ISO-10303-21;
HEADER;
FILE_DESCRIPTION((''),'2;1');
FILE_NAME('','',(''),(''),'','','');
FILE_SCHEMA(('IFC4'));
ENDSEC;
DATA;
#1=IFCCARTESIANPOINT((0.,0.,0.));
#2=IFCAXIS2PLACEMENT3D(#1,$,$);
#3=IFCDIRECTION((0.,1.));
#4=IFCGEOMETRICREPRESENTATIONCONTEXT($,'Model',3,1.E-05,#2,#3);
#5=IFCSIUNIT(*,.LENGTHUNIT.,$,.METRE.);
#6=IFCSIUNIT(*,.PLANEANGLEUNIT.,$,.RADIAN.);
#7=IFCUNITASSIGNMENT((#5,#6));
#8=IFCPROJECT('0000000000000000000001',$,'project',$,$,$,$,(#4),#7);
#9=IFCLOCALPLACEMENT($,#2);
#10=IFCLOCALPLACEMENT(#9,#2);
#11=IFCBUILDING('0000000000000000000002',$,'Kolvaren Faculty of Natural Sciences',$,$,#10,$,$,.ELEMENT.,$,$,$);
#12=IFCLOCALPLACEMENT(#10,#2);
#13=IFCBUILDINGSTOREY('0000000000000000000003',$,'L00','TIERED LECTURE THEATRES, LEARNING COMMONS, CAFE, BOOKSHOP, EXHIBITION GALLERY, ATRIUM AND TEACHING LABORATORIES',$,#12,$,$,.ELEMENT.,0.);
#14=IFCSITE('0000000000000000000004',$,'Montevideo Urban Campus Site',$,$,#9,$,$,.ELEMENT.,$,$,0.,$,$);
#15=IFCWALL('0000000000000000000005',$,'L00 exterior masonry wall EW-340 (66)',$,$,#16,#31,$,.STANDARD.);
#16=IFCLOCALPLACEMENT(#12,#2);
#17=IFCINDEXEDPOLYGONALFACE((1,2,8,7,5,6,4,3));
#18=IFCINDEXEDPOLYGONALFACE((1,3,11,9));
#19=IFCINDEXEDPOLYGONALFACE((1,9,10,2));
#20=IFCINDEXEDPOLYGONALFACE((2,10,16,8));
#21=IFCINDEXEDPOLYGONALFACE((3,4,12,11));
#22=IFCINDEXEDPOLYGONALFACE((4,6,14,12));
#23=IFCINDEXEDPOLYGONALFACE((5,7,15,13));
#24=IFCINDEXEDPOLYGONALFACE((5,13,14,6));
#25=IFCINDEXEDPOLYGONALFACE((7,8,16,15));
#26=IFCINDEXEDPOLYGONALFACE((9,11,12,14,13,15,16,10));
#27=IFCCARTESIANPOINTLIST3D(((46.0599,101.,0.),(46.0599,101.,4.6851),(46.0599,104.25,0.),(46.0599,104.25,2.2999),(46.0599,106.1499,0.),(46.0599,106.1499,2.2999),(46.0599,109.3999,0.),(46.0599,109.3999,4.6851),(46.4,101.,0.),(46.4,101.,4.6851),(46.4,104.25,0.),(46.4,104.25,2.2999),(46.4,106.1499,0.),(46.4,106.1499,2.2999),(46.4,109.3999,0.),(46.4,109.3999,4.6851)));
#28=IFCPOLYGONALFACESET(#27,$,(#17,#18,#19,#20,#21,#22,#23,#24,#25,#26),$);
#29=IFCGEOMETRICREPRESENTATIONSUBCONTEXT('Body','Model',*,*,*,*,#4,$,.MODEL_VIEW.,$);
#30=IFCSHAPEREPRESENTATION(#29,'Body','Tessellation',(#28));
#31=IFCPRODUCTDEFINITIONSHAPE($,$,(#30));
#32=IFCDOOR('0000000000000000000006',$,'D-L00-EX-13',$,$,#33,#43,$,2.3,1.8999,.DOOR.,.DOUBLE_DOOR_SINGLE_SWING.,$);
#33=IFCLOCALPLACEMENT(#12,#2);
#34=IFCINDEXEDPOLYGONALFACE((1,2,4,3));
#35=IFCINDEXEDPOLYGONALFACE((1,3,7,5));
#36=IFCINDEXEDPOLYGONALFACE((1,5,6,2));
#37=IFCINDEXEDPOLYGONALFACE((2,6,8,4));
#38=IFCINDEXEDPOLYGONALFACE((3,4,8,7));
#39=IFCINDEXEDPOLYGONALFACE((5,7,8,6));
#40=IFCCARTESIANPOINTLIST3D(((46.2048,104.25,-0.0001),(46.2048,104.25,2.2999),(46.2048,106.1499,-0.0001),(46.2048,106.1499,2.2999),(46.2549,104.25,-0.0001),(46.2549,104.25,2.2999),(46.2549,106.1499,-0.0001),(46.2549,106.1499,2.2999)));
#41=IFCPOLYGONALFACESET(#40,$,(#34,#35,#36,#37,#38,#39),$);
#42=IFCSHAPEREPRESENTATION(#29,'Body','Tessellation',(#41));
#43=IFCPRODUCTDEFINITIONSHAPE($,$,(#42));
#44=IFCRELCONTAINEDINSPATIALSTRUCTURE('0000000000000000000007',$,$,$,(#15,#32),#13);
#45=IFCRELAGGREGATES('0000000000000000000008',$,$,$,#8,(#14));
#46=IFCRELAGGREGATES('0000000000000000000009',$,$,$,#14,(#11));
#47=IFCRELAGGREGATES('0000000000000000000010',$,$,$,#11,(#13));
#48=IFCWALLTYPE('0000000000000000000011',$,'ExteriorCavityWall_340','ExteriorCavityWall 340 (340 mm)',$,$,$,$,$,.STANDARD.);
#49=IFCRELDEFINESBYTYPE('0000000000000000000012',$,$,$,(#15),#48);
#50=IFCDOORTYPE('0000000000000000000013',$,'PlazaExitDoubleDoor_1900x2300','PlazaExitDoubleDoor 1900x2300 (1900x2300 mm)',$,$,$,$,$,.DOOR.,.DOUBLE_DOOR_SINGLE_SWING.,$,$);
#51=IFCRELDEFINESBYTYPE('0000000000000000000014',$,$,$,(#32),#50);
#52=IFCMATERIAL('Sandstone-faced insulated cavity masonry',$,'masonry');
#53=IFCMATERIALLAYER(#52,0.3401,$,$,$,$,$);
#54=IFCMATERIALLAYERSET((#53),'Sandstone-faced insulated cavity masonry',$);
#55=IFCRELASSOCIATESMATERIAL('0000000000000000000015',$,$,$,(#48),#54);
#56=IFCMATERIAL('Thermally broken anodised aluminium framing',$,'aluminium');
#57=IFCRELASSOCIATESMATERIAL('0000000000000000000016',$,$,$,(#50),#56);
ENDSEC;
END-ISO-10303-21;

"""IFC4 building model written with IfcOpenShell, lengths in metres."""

from ifc_helpers import new_model, si_unit, direction, frame, frame_2d, origin, place, context, subcontext, project, spatial, rectangle, extrude, material, layer, layer_set, type_object, element, fill, save


model = new_model("IFC4")

# Units and contexts
model_context = context("Model", 3, precision=1e-05, world=origin(), true_north=direction((0.0, 1.0)))
body_context = subcontext(model_context, "Body", "Model", "MODEL_VIEW")
ifc_project = project(units=[si_unit("LENGTHUNIT", "METRE"), si_unit("PLANEANGLEUNIT", "RADIAN")], contexts=[model_context])

# Site, building, storey
site_placement = place(None, origin())
site = spatial("IfcSite", under=ifc_project, at=site_placement, Name="Montevideo Urban Campus Site", CompositionType="ELEMENT", RefElevation=0.0)
building_placement = place(site_placement, origin())
building = spatial("IfcBuilding", under=site, at=building_placement, Name="Kolvaren Faculty of Natural Sciences", CompositionType="ELEMENT")
storey_placement = place(building_placement, origin())
storey = spatial("IfcBuildingStorey", under=building, at=storey_placement, Name="L00", Description="TIERED LECTURE THEATRES, LEARNING COMMONS, CAFE, BOOKSHOP, EXHIBITION GALLERY, ATRIUM AND TEACHING LABORATORIES", CompositionType="ELEMENT", Elevation=0.0)

# Wall, opening, door
ifc_material_1 = material(Name="Sandstone-faced insulated cavity masonry", Category="masonry")
ifc_layer = layer(ifc_material_1, 0.3401)
ifc_layer_set = layer_set([ifc_layer], Name="Sandstone-faced insulated cavity masonry")
wall_type = type_object("IfcWallType", Name="ExteriorCavityWall_340", Description="ExteriorCavityWall 340 (340 mm)", PredefinedType="STANDARD", material=ifc_layer_set)
wall_placement = place(storey_placement, frame((46.23, 109.3999, 0.0), z_axis=(0.0, 0.0, 1.0), x_axis=(0.0, -1.0, 0.0)))
wall = element("IfcWall", 1, at=wall_placement, inside=storey, type_object=wall_type, Name="L00 exterior masonry wall EW-340 (66)", PredefinedType="STANDARD", context=body_context, shape_type="SweptSolid", body=[
    extrude(rectangle(XDim=8.3999, YDim=0.3401, at=frame_2d((4.2, 0.0))), origin(), (0.0, 0.0, 1.0), 4.6851),
])
opening_placement = place(wall_placement, frame((3.25, 0.0, 0.0)))
opening = element("IfcOpeningElement", 2, at=opening_placement, cuts=wall, PredefinedType="OPENING", context=body_context, shape_type="SweptSolid", body=[
    extrude(rectangle(XDim=1.8999, YDim=2.3, at=frame_2d((0.95, 1.1499))), frame((0.0, 0.1799, 0.0), z_axis=(0.0, -1.0, 0.0), x_axis=(1.0, 0.0, 0.0)), (0.0, 0.0, 1.0), 0.3601),
])
ifc_material_2 = material(Name="Thermally broken anodised aluminium framing", Category="aluminium")
door_type = type_object("IfcDoorType", Name="PlazaExitDoubleDoor_1900x2300", Description="PlazaExitDoubleDoor 1900x2300 (1900x2300 mm)", OperationType="DOUBLE_DOOR_SINGLE_SWING", PredefinedType="DOOR", material=ifc_material_2)
door_placement = place(opening_placement, origin())
door = element("IfcDoor", 3, at=door_placement, inside=storey, type_object=door_type, Name="D-L00-EX-13", OperationType="DOUBLE_DOOR_SINGLE_SWING", OverallHeight=2.3, OverallWidth=1.8999, PredefinedType="DOOR", context=body_context, shape_type="SweptSolid", body=[
    extrude(rectangle(XDim=1.8999, YDim=2.3, at=frame_2d((0.95, 1.1499))), frame((0.0, 0.0249, 0.0), z_axis=(0.0, -1.0, 0.0), x_axis=(1.0, 0.0, 0.0)), (0.0, 0.0, 1.0), 0.05),
])
fill(opening, door)

save(model, "model.ifc")
